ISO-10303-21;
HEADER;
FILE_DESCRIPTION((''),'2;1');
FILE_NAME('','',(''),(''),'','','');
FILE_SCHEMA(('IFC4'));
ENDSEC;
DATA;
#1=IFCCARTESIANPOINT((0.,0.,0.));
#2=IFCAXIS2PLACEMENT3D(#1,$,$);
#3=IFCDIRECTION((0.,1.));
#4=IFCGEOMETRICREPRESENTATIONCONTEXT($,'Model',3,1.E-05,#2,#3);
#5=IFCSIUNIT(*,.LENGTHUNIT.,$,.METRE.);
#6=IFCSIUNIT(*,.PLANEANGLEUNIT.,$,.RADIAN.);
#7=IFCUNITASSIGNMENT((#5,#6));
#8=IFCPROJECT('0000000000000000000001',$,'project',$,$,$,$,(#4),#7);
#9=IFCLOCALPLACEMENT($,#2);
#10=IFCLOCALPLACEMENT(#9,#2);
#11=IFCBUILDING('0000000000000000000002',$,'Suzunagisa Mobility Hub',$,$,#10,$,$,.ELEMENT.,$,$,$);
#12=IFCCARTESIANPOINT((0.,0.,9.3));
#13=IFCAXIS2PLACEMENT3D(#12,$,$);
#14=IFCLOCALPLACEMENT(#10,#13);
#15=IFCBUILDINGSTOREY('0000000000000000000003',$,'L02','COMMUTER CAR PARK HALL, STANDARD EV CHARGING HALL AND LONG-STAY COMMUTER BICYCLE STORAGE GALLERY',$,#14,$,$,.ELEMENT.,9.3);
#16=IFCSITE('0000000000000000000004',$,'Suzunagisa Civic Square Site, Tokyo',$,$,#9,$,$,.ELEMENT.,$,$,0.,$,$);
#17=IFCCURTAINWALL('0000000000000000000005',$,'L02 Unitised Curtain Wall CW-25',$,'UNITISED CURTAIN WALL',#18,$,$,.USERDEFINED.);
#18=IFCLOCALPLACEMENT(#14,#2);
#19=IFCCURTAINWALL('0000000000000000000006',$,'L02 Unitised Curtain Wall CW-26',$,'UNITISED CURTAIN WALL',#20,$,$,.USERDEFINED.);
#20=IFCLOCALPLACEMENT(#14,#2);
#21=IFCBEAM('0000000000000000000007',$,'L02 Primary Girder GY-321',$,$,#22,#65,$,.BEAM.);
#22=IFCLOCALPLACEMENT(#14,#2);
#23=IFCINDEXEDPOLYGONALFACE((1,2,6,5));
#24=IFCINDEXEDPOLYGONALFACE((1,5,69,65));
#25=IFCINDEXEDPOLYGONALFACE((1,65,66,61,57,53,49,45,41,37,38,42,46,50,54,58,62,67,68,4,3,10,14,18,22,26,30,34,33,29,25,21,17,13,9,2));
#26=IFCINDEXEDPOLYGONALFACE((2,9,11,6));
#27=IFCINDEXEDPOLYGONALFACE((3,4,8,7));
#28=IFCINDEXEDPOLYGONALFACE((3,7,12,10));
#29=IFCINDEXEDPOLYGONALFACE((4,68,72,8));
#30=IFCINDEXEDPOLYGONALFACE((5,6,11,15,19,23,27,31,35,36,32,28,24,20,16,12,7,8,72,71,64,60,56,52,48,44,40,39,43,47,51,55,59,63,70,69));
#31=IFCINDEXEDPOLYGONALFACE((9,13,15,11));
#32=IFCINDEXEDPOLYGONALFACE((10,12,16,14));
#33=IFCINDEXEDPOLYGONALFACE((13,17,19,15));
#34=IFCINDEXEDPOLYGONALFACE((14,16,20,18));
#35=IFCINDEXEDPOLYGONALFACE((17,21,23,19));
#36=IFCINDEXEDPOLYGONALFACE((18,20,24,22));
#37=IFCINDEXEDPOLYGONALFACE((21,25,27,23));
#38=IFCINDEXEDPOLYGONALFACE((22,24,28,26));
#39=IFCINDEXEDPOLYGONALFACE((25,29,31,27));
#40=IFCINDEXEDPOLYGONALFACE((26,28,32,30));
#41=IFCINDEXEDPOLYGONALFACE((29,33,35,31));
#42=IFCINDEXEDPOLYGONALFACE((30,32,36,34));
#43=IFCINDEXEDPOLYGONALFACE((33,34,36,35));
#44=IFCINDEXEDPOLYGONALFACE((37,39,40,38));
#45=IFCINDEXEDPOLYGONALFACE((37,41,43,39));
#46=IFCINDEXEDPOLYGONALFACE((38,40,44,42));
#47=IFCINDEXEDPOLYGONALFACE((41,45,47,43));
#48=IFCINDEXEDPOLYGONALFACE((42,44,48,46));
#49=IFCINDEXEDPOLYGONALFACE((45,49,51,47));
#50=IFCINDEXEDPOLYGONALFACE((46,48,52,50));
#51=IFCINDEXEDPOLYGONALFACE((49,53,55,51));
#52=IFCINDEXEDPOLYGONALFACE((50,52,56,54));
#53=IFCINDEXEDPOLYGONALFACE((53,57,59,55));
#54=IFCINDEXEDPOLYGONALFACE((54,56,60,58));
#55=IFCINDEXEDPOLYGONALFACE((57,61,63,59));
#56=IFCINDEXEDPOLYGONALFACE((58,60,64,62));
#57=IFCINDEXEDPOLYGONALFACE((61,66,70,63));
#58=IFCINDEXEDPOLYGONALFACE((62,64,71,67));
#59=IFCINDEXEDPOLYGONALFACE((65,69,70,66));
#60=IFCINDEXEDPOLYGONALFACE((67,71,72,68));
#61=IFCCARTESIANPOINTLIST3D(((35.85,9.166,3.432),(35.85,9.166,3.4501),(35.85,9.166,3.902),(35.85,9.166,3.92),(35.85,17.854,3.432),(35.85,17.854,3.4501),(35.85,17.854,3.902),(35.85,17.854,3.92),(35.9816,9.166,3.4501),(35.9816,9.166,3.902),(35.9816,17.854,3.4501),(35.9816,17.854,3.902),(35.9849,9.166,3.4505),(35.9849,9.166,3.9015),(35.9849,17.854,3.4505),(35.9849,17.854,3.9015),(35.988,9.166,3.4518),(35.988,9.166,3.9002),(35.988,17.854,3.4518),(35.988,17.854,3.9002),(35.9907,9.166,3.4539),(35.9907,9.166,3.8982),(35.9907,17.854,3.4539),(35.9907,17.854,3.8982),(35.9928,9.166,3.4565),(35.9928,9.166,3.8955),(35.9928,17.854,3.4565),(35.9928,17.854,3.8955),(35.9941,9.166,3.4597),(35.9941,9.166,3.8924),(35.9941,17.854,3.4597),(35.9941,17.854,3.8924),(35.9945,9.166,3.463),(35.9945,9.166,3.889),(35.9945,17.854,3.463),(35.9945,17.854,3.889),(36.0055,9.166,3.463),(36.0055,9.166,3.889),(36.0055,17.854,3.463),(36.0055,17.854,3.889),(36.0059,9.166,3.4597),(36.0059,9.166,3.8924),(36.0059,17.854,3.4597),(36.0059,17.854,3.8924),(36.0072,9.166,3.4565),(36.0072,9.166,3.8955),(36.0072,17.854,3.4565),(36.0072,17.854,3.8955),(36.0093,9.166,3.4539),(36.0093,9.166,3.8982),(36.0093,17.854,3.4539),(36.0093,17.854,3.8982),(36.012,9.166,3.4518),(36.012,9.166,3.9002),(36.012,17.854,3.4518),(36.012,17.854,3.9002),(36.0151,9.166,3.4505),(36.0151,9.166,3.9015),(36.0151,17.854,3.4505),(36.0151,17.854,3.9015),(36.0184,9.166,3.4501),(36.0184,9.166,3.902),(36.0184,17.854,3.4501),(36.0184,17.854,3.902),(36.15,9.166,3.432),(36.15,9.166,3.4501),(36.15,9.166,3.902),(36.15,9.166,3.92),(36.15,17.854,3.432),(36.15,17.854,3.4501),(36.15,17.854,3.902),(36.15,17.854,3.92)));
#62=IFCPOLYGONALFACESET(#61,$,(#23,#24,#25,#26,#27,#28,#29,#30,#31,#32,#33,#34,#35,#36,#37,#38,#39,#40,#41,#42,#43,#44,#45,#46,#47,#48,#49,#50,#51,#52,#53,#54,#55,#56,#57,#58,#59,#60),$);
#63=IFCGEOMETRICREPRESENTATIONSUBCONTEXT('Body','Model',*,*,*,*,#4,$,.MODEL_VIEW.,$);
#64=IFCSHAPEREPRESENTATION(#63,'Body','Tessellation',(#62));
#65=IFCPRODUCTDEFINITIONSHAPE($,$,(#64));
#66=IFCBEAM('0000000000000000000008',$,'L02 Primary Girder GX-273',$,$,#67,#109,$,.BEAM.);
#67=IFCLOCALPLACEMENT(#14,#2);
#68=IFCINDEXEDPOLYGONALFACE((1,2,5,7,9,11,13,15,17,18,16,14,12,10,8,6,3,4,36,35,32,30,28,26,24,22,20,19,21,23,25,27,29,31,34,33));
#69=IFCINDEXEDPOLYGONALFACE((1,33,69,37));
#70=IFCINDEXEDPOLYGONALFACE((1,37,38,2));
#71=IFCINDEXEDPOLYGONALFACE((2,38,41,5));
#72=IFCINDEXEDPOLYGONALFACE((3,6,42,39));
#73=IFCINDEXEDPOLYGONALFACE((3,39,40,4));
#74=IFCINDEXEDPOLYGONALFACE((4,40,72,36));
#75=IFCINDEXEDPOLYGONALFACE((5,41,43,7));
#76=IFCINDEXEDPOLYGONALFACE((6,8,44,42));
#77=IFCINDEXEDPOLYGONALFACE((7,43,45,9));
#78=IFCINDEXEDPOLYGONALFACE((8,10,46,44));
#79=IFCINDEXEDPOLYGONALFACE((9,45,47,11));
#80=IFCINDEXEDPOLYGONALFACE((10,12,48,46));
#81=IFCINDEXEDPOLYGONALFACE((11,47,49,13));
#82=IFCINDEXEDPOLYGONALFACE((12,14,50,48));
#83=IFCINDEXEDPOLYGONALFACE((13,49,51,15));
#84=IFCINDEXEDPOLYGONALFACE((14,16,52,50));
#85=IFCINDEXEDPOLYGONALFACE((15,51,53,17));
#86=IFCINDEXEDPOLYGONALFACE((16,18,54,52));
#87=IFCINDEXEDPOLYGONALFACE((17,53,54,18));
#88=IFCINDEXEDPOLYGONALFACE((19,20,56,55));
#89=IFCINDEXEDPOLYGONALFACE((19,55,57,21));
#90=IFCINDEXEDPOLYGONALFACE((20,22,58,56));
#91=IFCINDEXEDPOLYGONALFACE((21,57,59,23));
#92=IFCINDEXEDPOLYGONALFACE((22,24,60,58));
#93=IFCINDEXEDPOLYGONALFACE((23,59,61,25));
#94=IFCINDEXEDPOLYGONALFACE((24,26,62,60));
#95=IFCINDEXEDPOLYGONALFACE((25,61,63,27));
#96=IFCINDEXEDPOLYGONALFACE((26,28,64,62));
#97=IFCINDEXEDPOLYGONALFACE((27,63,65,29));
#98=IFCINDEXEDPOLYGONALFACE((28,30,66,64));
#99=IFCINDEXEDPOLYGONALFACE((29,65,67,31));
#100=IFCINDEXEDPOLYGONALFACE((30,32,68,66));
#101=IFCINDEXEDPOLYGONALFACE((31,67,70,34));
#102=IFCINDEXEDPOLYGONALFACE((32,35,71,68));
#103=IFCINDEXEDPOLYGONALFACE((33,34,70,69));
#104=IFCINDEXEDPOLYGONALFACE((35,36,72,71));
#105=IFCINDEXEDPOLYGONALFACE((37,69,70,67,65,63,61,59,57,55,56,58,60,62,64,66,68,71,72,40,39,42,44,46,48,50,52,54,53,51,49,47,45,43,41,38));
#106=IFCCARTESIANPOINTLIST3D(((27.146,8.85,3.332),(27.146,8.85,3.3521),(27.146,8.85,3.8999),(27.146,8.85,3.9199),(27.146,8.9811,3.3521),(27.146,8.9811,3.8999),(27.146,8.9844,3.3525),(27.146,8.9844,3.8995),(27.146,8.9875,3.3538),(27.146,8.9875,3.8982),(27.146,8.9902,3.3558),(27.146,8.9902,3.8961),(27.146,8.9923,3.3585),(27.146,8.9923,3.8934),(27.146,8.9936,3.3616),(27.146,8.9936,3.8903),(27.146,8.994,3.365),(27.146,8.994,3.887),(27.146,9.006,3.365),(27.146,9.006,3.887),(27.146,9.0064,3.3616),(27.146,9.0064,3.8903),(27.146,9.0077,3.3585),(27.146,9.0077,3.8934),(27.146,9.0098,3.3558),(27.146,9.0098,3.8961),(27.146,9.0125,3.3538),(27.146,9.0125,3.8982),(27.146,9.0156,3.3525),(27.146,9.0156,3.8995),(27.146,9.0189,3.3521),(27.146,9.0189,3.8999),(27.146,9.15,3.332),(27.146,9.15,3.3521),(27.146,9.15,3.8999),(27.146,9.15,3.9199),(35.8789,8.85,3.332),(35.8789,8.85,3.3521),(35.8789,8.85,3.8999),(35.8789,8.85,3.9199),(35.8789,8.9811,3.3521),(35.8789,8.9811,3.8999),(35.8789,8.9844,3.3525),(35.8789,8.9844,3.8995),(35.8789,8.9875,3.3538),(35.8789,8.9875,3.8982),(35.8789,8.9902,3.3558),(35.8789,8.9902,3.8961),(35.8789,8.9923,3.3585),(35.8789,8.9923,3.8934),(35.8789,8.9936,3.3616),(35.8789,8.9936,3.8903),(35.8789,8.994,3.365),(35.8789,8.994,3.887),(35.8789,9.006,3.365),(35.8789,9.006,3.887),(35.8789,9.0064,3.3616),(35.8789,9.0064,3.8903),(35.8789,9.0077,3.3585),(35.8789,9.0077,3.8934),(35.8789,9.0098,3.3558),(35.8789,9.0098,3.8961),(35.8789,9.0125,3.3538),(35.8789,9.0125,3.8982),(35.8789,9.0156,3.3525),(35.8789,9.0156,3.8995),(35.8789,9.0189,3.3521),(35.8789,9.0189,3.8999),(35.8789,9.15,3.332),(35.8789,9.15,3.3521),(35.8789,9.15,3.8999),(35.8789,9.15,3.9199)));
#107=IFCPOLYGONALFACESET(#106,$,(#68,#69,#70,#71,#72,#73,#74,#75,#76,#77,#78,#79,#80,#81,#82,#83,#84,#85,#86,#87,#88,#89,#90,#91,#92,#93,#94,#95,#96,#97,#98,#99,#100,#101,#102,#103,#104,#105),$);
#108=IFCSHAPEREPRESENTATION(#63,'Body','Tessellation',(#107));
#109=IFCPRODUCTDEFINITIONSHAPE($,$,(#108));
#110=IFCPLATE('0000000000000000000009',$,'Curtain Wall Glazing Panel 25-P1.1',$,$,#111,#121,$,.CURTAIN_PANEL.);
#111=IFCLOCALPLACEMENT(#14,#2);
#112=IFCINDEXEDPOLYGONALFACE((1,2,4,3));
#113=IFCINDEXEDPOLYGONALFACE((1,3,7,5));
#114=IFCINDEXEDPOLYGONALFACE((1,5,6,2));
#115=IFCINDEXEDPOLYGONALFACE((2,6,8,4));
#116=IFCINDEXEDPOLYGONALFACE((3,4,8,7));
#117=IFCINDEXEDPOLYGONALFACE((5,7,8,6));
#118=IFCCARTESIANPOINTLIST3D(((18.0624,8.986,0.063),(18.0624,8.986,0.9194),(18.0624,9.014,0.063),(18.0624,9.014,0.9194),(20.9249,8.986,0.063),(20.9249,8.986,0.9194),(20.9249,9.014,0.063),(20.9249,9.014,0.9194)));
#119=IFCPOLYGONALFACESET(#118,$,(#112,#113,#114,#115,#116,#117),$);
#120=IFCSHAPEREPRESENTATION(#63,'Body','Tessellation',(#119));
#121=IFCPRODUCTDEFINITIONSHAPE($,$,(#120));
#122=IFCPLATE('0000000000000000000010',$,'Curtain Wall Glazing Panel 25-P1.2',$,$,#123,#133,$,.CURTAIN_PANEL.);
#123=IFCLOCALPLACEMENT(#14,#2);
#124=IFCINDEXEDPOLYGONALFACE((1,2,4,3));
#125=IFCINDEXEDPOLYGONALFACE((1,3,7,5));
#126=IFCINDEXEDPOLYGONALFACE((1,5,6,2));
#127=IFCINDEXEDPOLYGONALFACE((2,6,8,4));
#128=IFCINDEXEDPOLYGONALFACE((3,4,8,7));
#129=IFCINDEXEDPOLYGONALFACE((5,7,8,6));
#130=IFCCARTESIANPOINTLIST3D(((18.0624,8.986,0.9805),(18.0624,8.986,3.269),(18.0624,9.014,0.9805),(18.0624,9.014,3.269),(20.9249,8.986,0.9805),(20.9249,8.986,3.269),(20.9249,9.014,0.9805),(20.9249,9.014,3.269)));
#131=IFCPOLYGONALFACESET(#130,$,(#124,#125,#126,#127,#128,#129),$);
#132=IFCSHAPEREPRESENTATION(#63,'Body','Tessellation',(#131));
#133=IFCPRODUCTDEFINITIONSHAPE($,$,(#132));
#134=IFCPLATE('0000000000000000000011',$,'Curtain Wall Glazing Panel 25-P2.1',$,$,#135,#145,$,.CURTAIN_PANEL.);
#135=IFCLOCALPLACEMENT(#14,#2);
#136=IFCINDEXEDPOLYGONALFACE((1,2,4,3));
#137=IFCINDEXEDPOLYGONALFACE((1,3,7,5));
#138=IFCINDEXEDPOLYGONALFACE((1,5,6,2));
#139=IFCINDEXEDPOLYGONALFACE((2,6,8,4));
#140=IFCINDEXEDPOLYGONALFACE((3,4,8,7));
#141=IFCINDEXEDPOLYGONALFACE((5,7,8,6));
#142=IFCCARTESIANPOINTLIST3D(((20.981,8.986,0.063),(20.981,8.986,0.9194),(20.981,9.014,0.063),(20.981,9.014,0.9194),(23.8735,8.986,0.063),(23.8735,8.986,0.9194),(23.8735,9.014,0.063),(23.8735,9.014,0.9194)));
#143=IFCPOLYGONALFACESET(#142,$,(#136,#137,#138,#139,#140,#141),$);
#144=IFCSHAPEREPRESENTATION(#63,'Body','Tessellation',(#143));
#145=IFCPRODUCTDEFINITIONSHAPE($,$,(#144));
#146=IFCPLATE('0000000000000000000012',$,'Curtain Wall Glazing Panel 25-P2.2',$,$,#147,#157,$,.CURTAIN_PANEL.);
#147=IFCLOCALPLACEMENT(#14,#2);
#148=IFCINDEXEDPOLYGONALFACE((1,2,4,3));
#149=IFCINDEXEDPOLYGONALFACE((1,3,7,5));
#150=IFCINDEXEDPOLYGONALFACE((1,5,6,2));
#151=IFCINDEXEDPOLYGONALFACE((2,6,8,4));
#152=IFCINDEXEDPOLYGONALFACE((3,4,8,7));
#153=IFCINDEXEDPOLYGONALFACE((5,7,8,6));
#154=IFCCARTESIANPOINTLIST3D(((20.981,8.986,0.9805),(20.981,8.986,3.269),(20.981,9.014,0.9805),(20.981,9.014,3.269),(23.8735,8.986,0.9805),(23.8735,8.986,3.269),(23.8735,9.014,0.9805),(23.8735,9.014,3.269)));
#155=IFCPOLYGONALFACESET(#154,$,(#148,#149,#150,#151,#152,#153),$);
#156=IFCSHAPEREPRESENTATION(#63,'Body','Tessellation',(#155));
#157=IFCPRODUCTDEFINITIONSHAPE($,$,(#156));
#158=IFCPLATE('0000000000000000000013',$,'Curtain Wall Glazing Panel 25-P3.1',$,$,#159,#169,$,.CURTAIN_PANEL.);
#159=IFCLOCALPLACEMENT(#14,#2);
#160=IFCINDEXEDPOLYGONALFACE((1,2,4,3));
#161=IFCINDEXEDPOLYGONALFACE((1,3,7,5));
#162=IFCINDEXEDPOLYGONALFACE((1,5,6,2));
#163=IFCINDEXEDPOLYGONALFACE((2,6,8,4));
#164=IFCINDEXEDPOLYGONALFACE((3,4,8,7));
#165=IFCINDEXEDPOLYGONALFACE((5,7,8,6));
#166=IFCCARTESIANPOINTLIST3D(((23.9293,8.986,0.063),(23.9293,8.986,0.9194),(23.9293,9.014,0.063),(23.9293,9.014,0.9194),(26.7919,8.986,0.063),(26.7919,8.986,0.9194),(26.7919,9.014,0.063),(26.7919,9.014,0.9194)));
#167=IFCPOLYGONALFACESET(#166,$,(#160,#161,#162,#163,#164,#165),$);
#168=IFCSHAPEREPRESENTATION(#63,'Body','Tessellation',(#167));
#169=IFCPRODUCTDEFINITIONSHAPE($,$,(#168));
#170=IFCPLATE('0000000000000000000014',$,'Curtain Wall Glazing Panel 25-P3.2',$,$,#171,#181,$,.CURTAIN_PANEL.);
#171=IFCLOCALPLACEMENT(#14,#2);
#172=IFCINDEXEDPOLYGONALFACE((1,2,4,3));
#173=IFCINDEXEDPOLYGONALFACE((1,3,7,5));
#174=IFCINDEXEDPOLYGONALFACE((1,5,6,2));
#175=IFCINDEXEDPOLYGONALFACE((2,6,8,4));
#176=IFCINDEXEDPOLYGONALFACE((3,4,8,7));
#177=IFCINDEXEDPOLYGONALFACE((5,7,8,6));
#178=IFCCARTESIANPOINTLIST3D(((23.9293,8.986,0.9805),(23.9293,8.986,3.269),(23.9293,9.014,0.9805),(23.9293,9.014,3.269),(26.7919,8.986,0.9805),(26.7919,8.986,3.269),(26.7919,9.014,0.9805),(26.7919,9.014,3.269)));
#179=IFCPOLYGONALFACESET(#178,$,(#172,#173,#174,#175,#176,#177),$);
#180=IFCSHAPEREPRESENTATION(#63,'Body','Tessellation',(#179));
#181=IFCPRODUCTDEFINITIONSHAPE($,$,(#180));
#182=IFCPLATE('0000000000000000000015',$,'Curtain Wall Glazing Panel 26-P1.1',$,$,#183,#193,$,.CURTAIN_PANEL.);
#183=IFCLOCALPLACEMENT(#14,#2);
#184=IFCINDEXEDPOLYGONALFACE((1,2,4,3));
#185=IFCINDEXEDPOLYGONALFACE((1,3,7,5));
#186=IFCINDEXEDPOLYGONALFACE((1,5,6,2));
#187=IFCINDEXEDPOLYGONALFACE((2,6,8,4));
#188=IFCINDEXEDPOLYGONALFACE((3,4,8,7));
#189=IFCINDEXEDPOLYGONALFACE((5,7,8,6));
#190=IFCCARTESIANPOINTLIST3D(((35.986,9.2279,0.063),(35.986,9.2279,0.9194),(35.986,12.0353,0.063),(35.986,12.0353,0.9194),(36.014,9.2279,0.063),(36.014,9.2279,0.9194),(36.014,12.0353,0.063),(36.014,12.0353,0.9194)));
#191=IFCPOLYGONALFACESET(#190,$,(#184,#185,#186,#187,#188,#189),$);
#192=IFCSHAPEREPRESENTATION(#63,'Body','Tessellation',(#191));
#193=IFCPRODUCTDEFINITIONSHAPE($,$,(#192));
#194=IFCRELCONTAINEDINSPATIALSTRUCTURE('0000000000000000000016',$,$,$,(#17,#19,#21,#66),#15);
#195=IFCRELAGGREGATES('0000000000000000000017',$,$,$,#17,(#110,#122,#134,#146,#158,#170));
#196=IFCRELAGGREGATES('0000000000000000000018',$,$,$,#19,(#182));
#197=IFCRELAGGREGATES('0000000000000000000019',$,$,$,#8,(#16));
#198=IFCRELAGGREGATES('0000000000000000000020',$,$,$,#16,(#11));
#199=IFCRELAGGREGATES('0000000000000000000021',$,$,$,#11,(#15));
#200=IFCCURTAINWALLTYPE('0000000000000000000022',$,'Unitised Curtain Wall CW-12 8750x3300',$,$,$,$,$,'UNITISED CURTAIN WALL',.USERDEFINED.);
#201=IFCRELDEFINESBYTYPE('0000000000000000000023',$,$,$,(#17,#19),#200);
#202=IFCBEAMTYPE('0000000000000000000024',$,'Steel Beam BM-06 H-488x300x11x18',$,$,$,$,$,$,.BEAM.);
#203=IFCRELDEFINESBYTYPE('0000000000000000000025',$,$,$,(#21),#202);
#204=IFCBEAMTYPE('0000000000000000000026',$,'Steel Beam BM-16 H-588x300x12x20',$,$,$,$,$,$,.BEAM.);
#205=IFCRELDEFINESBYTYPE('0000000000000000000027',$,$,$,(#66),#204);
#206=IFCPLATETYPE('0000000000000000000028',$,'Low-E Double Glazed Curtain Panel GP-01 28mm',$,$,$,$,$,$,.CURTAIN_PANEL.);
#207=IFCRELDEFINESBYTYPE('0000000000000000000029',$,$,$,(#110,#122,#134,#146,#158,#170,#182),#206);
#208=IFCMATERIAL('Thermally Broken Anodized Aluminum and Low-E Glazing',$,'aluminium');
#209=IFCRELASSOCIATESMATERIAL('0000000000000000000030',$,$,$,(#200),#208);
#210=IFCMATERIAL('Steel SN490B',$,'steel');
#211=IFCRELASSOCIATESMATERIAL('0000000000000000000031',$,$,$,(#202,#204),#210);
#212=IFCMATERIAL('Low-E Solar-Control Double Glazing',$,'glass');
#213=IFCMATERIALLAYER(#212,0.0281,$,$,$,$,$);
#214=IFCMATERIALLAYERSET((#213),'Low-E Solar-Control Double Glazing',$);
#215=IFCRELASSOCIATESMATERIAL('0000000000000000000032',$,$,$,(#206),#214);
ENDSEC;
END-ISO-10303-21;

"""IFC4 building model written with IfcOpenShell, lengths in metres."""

from ifc_helpers import new_model, si_unit, direction, frame, origin, origin_2d, place, context, subcontext, project, spatial, rectangle, i_section, extrude, material, layer, layer_set, material_profile, profile_set, type_object, element, aggregate, save


model = new_model("IFC4")

# Units and contexts
model_context = context("Model", 3, precision=1e-05, world=origin(), true_north=direction((0.0, 1.0)))
body_context = subcontext(model_context, "Body", "Model", "MODEL_VIEW")
ifc_project = project(units=[si_unit("LENGTHUNIT", "METRE"), si_unit("PLANEANGLEUNIT", "RADIAN")], contexts=[model_context])

# Site, building, storey
site_placement = place(None, origin())
site = spatial("IfcSite", under=ifc_project, at=site_placement, Name="Suzunagisa Civic Square Site, Tokyo", CompositionType="ELEMENT", RefElevation=0.0)
building_placement = place(site_placement, origin())
building = spatial("IfcBuilding", under=site, at=building_placement, Name="Suzunagisa Mobility Hub", CompositionType="ELEMENT")
storey_placement = place(building_placement, frame((0.0, 0.0, 9.3)))
storey = spatial("IfcBuildingStorey", under=building, at=storey_placement, Name="L02", Description="COMMUTER CAR PARK HALL, STANDARD EV CHARGING HALL AND LONG-STAY COMMUTER BICYCLE STORAGE GALLERY", CompositionType="ELEMENT", Elevation=9.3)

# Shared definitions
ifc_material_1 = material(Name="Steel SN490B", Category="steel")

# Curtain walls
ifc_material_2 = material(Name="Thermally Broken Anodized Aluminum and Low-E Glazing", Category="aluminium")
curtain_wall_type = type_object("IfcCurtainWallType", Name="Unitised Curtain Wall CW-12 8750x3300", ElementType="UNITISED CURTAIN WALL", PredefinedType="USERDEFINED", material=ifc_material_2)
curtain_wall_1_placement = place(storey_placement, origin())
curtain_wall_1 = element("IfcCurtainWall", 1, at=curtain_wall_1_placement, inside=storey, type_object=curtain_wall_type, Name="L02 Unitised Curtain Wall CW-25", ObjectType="UNITISED CURTAIN WALL", PredefinedType="USERDEFINED")
curtain_wall_2_placement = place(storey_placement, origin())
curtain_wall_2 = element("IfcCurtainWall", 2, at=curtain_wall_2_placement, inside=storey, type_object=curtain_wall_type, Name="L02 Unitised Curtain Wall CW-26", ObjectType="UNITISED CURTAIN WALL", PredefinedType="USERDEFINED")

# Beams
ifc_material_profile_1 = material_profile(ifc_material_1, i_section(OverallWidth=0.3, OverallDepth=0.488, WebThickness=0.011, FlangeThickness=0.0181, FilletRadius=0.0129, at=origin_2d()), Name="H-488x300x11x18")
ifc_profile_set_1 = profile_set([ifc_material_profile_1], Name="Steel SN490B")
beam_type_1 = type_object("IfcBeamType", Name="Steel Beam BM-06 H-488x300x11x18", PredefinedType="BEAM", material=ifc_profile_set_1)
for number, where, z_axis, x_axis, name in (
    (3, (36.0, 9.166, 3.676), (0.0, 1.0, 0.0), (-1.0, 0.0, 0.0), "L02 Primary Girder GY-321"),
):
    element("IfcBeam", number, at=place(storey_placement, frame(where, z_axis=z_axis, x_axis=x_axis)), inside=storey, type_object=beam_type_1, Name=name, PredefinedType="BEAM", context=body_context, shape_type="SweptSolid", body=[
        extrude(i_section(OverallWidth=0.3, OverallDepth=0.488, WebThickness=0.011, FlangeThickness=0.0181, FilletRadius=0.0129, at=origin_2d()), origin(), (0.0, 0.0, 1.0), 8.688),
    ])
ifc_material_profile_2 = material_profile(ifc_material_1, i_section(OverallWidth=0.3, OverallDepth=0.5879, WebThickness=0.012, FlangeThickness=0.02, FilletRadius=0.0129, at=origin_2d()), Name="H-588x300x12x20")
ifc_profile_set_2 = profile_set([ifc_material_profile_2], Name="Steel SN490B")
beam_type_2 = type_object("IfcBeamType", Name="Steel Beam BM-16 H-588x300x12x20", PredefinedType="BEAM", material=ifc_profile_set_2)
beam_placement = place(storey_placement, frame((27.146, 9.0, 3.626), z_axis=(1.0, 0.0, 0.0), x_axis=(0.0, 1.0, 0.0)))
element("IfcBeam", 4, at=beam_placement, inside=storey, type_object=beam_type_2, Name="L02 Primary Girder GX-273", PredefinedType="BEAM", context=body_context, shape_type="SweptSolid", body=[
    extrude(i_section(OverallWidth=0.3, OverallDepth=0.5879, WebThickness=0.012, FlangeThickness=0.02, FilletRadius=0.0129, at=origin_2d()), origin(), (0.0, 0.0, 1.0), 8.7329),
])

# Plates
ifc_material_3 = material(Name="Low-E Solar-Control Double Glazing", Category="glass")
ifc_layer_1 = layer(ifc_material_3, 0.0281)
ifc_layer_set_1 = layer_set([ifc_layer_1], Name="Low-E Solar-Control Double Glazing")
plate_type_1 = type_object("IfcPlateType", Name="Low-E Double Glazed Curtain Panel GP-01 28mm", PredefinedType="CURTAIN_PANEL", material=ifc_layer_set_1)
plate_1_placement = place(storey_placement, frame((19.4937, 9.0, 0.063), z_axis=(0.0, 0.0, 1.0), x_axis=(1.0, 0.0, 0.0)))
plate_1 = element("IfcPlate", 5, at=plate_1_placement, type_object=plate_type_1, Name="Curtain Wall Glazing Panel 25-P1.1", PredefinedType="CURTAIN_PANEL", context=body_context, shape_type="SweptSolid", body=[
    extrude(rectangle(XDim=2.8625, YDim=0.0281, at=origin_2d()), origin(), (0.0, 0.0, 1.0), 0.8564),
])
plate_2_placement = place(storey_placement, frame((19.4937, 9.0, 0.9805), z_axis=(0.0, 0.0, 1.0), x_axis=(1.0, 0.0, 0.0)))
plate_2 = element("IfcPlate", 6, at=plate_2_placement, type_object=plate_type_1, Name="Curtain Wall Glazing Panel 25-P1.2", PredefinedType="CURTAIN_PANEL", context=body_context, shape_type="SweptSolid", body=[
    extrude(rectangle(XDim=2.8625, YDim=0.0281, at=origin_2d()), origin(), (0.0, 0.0, 1.0), 2.2886),
])
plate_3_placement = place(storey_placement, frame((22.4272, 9.0, 0.063), z_axis=(0.0, 0.0, 1.0), x_axis=(1.0, 0.0, 0.0)))
plate_3 = element("IfcPlate", 7, at=plate_3_placement, type_object=plate_type_1, Name="Curtain Wall Glazing Panel 25-P2.1", PredefinedType="CURTAIN_PANEL", context=body_context, shape_type="SweptSolid", body=[
    extrude(rectangle(XDim=2.8926, YDim=0.0281, at=origin_2d()), origin(), (0.0, 0.0, 1.0), 0.8564),
])
plate_4_placement = place(storey_placement, frame((22.4272, 9.0, 0.9805), z_axis=(0.0, 0.0, 1.0), x_axis=(1.0, 0.0, 0.0)))
plate_4 = element("IfcPlate", 8, at=plate_4_placement, type_object=plate_type_1, Name="Curtain Wall Glazing Panel 25-P2.2", PredefinedType="CURTAIN_PANEL", context=body_context, shape_type="SweptSolid", body=[
    extrude(rectangle(XDim=2.8926, YDim=0.0281, at=origin_2d()), origin(), (0.0, 0.0, 1.0), 2.2886),
])
plate_5_placement = place(storey_placement, frame((25.3606, 9.0, 0.063), z_axis=(0.0, 0.0, 1.0), x_axis=(1.0, 0.0, 0.0)))
plate_5 = element("IfcPlate", 9, at=plate_5_placement, type_object=plate_type_1, Name="Curtain Wall Glazing Panel 25-P3.1", PredefinedType="CURTAIN_PANEL", context=body_context, shape_type="SweptSolid", body=[
    extrude(rectangle(XDim=2.8625, YDim=0.0281, at=origin_2d()), origin(), (0.0, 0.0, 1.0), 0.8564),
])
plate_6_placement = place(storey_placement, frame((25.3606, 9.0, 0.9805), z_axis=(0.0, 0.0, 1.0), x_axis=(1.0, 0.0, 0.0)))
plate_6 = element("IfcPlate", 10, at=plate_6_placement, type_object=plate_type_1, Name="Curtain Wall Glazing Panel 25-P3.2", PredefinedType="CURTAIN_PANEL", context=body_context, shape_type="SweptSolid", body=[
    extrude(rectangle(XDim=2.8625, YDim=0.0281, at=origin_2d()), origin(), (0.0, 0.0, 1.0), 2.2886),
])
aggregate(curtain_wall_1, [plate_1, plate_2, plate_3, plate_4, plate_5, plate_6])
plate_7_placement = place(storey_placement, frame((36.0, 10.6316, 0.063), z_axis=(0.0, 0.0, 1.0), x_axis=(0.0, 1.0, 0.0)))
plate_7 = element("IfcPlate", 11, at=plate_7_placement, type_object=plate_type_1, Name="Curtain Wall Glazing Panel 26-P1.1", PredefinedType="CURTAIN_PANEL", context=body_context, shape_type="SweptSolid", body=[
    extrude(rectangle(XDim=2.8074, YDim=0.0281, at=origin_2d()), origin(), (0.0, 0.0, 1.0), 0.8564),
])
aggregate(curtain_wall_2, [plate_7])

save(model, "model.ifc")
